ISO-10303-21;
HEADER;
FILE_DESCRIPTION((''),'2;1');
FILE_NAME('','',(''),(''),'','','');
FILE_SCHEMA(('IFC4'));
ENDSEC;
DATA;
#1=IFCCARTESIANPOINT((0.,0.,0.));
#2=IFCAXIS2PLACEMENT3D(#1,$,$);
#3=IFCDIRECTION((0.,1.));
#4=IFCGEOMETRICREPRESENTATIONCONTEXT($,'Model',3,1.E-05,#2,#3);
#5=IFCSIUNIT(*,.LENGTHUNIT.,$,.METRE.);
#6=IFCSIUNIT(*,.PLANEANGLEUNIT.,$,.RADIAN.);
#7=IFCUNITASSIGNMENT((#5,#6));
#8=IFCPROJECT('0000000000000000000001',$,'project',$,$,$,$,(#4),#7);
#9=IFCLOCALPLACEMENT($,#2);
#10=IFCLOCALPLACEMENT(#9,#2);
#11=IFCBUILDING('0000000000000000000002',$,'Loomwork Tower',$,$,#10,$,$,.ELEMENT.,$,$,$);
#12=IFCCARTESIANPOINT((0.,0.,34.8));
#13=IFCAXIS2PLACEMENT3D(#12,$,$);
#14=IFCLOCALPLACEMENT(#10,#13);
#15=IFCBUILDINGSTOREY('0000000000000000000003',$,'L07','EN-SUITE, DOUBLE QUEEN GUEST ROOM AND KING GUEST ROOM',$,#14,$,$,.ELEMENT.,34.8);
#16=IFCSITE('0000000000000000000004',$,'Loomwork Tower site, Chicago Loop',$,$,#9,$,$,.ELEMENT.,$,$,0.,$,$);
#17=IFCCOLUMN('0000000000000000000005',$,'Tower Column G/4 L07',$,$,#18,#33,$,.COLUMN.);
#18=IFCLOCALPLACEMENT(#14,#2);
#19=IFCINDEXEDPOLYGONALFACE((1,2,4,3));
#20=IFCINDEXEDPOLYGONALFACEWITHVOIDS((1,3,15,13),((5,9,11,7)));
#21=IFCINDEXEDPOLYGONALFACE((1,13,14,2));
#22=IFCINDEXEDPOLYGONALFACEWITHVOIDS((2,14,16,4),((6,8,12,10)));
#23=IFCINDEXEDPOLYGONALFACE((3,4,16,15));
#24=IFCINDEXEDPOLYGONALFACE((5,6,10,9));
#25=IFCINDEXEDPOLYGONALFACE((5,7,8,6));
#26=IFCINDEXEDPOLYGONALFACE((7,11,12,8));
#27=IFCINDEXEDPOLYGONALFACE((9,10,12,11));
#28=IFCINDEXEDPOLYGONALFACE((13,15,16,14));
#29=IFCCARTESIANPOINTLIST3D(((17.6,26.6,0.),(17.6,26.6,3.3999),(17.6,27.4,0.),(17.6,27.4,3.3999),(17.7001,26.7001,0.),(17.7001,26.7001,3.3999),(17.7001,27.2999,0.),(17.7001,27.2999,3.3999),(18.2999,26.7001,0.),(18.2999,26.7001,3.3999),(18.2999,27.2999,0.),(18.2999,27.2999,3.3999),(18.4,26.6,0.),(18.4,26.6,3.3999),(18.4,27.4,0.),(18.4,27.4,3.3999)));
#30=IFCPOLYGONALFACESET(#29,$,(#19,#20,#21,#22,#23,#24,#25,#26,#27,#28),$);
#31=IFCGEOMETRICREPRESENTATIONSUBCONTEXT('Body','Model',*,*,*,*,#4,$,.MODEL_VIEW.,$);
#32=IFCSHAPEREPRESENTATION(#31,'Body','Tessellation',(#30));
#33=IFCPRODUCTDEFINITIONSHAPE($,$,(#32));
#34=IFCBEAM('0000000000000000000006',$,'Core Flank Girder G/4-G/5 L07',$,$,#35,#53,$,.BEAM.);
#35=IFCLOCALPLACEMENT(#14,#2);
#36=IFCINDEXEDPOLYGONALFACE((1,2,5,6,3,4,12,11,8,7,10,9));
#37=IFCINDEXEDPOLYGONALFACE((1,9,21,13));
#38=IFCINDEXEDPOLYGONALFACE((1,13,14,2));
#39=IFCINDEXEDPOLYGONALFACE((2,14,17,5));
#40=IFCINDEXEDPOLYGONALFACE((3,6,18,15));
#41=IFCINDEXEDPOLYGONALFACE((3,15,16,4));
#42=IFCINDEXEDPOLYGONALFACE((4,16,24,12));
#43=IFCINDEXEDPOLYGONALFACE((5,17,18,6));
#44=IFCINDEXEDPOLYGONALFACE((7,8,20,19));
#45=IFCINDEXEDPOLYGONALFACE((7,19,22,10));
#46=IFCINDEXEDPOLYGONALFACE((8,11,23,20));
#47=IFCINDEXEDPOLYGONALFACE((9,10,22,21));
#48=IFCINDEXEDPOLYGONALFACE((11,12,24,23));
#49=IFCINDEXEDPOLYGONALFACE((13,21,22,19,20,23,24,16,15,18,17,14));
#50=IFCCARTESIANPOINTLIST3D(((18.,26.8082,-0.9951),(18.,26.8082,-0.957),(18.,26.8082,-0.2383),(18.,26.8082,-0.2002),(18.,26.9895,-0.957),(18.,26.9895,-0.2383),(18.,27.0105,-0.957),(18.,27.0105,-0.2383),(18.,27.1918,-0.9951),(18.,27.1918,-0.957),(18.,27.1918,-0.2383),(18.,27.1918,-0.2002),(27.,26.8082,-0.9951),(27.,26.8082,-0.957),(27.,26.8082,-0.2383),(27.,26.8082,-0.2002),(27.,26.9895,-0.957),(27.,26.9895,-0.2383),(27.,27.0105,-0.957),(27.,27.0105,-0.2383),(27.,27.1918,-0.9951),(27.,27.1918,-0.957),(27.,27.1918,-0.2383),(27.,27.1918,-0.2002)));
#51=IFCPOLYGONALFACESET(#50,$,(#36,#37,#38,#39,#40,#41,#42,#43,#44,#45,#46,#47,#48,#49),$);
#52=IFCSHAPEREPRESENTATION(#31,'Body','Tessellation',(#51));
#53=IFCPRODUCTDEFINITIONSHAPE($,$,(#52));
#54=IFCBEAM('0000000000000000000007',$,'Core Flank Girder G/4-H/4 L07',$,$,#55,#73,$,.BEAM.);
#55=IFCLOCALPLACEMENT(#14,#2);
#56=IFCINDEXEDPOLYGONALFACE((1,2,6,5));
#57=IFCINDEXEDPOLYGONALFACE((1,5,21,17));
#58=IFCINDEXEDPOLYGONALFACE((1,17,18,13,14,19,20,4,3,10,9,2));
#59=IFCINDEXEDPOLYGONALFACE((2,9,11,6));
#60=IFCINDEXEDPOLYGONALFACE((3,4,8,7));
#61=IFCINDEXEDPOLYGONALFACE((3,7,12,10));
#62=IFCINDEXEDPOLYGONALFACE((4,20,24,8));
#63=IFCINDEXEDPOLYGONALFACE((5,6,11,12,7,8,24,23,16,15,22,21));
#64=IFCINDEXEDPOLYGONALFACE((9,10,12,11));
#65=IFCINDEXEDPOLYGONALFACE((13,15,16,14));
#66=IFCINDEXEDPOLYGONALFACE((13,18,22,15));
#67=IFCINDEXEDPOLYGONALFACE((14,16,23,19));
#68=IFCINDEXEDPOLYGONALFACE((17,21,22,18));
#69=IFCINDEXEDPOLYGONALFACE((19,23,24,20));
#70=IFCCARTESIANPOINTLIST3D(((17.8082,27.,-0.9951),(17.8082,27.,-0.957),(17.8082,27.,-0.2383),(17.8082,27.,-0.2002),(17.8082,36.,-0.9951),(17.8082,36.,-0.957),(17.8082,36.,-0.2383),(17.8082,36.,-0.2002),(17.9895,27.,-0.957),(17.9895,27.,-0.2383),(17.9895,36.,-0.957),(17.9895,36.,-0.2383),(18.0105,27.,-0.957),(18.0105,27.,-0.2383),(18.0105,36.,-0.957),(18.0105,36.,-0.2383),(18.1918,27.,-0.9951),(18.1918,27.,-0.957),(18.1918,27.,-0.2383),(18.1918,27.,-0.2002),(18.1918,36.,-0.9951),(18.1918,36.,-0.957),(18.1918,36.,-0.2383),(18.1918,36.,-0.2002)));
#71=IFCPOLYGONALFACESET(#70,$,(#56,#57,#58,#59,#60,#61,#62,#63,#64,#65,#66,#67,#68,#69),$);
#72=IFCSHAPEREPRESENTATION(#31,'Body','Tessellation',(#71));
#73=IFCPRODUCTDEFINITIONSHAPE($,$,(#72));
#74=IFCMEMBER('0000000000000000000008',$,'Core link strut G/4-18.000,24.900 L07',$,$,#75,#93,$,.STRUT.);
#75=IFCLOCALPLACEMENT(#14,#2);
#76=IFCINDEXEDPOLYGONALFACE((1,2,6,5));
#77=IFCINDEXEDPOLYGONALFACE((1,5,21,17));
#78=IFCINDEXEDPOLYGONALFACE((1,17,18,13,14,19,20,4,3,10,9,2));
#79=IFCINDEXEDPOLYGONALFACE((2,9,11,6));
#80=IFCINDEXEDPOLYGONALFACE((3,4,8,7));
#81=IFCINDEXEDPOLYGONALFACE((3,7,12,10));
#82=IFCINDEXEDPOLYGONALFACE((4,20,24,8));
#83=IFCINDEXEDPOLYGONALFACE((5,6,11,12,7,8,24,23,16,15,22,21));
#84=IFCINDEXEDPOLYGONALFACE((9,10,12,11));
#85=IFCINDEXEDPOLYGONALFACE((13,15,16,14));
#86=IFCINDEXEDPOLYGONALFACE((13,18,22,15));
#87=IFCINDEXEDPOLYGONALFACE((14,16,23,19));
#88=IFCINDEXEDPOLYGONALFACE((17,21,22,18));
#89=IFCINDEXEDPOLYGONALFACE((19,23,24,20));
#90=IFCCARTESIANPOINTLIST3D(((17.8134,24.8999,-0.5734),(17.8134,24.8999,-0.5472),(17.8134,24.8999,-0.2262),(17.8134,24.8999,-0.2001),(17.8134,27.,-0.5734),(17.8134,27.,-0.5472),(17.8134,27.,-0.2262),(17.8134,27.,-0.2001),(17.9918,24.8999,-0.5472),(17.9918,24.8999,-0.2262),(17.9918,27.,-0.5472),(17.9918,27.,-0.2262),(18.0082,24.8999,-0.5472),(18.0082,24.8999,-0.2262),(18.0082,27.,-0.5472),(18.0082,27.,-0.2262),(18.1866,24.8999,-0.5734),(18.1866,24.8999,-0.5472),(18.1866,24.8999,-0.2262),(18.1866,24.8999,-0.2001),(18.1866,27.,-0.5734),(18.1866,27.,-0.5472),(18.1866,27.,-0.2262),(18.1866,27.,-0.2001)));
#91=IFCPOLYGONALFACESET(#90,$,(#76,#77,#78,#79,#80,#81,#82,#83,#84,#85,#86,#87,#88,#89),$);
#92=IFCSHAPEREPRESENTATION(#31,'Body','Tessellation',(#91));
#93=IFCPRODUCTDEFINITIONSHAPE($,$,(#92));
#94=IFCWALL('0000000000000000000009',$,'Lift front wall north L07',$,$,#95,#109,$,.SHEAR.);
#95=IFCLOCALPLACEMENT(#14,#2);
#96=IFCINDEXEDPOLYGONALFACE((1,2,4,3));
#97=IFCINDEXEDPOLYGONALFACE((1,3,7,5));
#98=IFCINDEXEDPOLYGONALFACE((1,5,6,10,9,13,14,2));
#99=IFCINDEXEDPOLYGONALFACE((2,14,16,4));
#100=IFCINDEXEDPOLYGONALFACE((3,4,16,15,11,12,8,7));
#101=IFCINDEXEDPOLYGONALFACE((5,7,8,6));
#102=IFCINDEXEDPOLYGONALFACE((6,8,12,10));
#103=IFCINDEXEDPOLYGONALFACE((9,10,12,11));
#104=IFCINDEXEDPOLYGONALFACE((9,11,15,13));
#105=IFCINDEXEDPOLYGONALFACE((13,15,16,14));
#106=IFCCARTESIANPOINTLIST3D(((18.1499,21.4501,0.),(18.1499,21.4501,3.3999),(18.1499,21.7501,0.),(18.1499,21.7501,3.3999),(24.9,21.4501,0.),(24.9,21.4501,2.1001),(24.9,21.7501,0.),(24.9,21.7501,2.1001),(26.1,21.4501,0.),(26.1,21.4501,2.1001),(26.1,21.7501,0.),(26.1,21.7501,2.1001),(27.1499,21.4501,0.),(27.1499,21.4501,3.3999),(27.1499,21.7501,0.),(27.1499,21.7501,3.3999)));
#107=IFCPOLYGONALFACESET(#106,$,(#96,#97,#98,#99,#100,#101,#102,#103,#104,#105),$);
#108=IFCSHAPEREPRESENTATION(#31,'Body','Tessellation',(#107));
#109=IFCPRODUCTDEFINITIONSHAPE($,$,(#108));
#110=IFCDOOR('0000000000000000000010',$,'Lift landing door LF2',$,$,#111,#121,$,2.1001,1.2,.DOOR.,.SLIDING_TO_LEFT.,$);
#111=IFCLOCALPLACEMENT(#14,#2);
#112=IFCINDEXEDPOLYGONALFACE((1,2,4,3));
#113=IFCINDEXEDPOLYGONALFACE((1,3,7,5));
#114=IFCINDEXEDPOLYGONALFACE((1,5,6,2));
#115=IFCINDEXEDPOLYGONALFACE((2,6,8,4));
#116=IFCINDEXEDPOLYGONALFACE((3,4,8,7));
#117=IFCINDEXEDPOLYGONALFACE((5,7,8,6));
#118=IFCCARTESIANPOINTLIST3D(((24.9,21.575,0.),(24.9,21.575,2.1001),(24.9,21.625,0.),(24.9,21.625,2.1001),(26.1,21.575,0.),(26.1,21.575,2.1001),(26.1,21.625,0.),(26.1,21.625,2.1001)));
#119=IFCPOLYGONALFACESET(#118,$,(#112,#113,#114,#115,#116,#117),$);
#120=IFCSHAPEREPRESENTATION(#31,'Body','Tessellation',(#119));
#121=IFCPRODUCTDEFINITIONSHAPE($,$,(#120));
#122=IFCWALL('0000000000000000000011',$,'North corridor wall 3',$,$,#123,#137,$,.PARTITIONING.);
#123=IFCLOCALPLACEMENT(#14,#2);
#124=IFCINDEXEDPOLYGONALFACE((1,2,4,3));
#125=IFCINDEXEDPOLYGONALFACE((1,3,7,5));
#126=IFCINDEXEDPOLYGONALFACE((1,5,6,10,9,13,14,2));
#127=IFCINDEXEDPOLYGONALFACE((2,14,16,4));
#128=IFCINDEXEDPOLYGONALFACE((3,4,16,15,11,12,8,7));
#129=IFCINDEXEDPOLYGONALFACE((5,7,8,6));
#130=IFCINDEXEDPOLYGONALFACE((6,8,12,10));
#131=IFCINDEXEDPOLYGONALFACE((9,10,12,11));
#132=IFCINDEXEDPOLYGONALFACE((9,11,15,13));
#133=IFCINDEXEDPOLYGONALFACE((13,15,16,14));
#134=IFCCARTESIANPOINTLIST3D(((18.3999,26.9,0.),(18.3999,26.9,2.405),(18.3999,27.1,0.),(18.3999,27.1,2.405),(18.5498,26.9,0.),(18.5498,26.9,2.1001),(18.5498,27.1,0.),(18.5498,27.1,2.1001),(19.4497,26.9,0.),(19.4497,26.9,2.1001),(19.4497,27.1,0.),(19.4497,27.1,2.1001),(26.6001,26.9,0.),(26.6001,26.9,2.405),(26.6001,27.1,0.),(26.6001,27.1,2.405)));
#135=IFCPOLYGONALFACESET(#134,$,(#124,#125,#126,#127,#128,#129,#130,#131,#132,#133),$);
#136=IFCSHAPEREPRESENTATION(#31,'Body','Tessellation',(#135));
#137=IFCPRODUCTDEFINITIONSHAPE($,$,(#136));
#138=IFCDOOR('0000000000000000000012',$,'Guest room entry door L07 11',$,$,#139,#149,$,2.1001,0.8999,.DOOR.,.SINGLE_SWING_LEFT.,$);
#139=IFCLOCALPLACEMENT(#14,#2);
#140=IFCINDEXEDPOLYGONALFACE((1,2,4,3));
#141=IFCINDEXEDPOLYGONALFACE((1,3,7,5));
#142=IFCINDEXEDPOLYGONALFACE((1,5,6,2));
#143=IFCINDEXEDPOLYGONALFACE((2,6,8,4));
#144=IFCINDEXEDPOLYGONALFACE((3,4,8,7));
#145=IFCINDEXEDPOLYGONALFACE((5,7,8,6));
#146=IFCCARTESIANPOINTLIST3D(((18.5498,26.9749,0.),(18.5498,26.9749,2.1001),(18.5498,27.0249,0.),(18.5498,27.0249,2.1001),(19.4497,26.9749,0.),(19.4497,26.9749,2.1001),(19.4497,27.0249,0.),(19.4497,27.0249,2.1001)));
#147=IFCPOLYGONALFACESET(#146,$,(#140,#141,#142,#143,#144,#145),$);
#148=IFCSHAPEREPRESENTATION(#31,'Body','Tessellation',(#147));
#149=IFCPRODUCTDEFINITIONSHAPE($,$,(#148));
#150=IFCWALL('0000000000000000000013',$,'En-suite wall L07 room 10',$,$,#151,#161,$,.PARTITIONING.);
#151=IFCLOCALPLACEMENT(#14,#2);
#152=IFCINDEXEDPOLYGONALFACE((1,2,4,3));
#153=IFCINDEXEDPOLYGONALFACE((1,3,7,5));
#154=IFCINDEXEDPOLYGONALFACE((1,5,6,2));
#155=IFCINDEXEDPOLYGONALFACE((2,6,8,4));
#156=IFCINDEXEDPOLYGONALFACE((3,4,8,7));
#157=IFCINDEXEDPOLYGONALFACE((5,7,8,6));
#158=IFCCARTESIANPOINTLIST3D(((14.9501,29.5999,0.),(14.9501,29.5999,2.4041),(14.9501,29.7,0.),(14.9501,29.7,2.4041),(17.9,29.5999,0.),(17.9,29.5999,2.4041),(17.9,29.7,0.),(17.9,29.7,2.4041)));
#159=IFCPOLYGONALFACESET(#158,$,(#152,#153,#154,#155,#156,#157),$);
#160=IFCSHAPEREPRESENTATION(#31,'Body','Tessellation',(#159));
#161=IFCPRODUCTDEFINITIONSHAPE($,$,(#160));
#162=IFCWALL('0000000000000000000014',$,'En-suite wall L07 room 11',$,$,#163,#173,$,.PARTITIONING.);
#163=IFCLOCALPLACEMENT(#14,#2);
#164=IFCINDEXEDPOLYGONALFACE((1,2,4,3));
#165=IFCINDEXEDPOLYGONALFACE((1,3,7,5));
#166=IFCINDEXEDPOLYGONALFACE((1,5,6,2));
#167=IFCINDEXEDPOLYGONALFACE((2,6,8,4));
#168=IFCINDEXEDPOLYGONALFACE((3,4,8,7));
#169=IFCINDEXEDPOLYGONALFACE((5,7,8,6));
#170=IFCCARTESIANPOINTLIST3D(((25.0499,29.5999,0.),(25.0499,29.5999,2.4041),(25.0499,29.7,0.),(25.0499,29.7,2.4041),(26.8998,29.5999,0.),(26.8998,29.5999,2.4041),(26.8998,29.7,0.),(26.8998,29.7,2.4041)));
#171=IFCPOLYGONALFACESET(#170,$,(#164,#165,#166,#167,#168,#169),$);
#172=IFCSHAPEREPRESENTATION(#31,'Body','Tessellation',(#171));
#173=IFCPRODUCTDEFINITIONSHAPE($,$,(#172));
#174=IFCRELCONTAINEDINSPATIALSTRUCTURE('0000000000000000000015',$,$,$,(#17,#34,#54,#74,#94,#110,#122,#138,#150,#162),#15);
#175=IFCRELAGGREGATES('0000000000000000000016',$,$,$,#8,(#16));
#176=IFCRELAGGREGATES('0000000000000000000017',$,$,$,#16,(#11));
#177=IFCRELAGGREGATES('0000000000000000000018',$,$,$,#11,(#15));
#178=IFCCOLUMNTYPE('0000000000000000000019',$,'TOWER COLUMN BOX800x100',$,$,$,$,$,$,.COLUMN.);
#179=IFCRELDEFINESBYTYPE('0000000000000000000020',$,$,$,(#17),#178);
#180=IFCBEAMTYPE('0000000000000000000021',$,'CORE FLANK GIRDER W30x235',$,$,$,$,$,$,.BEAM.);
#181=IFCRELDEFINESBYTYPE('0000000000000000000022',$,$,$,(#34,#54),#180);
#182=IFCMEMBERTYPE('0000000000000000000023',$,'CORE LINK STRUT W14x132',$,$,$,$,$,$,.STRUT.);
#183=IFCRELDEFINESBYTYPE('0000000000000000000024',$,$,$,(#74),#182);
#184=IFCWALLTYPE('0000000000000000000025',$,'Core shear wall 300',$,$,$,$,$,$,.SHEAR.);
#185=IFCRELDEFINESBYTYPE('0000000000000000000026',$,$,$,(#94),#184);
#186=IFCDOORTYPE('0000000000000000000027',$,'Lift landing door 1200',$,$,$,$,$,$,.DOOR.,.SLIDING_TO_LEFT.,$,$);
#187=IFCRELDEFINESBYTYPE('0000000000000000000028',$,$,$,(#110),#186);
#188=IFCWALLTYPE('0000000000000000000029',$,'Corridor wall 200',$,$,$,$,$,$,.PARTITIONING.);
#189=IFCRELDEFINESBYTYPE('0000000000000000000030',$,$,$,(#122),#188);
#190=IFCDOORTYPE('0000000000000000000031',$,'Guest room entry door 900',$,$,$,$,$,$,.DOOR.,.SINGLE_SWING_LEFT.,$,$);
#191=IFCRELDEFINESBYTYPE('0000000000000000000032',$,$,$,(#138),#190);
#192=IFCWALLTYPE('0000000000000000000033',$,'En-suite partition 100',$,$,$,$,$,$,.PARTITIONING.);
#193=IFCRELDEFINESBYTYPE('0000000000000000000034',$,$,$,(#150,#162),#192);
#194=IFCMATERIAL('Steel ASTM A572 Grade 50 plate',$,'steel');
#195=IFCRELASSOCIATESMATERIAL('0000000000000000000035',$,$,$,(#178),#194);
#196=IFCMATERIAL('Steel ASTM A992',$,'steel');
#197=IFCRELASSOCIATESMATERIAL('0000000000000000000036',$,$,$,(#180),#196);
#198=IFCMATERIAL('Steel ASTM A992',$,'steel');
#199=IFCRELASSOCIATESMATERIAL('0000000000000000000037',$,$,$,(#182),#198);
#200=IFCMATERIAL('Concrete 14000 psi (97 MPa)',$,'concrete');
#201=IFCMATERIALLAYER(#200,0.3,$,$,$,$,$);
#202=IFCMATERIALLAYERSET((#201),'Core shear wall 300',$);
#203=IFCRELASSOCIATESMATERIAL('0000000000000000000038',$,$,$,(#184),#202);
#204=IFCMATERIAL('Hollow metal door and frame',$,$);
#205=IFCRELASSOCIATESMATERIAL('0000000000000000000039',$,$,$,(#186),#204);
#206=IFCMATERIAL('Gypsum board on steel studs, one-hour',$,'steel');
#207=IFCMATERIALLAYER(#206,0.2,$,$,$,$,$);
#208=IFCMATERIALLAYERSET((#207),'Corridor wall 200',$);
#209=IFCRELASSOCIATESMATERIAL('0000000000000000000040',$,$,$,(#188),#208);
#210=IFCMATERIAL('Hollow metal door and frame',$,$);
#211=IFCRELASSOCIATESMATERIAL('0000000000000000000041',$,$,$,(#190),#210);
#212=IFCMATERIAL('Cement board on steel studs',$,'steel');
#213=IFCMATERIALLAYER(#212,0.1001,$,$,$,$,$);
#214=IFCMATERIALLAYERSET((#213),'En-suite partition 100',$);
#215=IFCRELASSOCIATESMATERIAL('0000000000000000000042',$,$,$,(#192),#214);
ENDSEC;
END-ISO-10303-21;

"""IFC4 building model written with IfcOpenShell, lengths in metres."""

from ifc_helpers import new_model, si_unit, direction, frame, frame_2d, origin, origin_2d, place, context, subcontext, project, spatial, rectangle, hollow_rectangle, i_section, extrude, material, layer, layer_set, material_profile, profile_set, type_object, element, fill, save


model = new_model("IFC4")

# Units and contexts
model_context = context("Model", 3, precision=1e-05, world=origin(), true_north=direction((0.0, 1.0)))
body_context = subcontext(model_context, "Body", "Model", "MODEL_VIEW")
ifc_project = project(units=[si_unit("LENGTHUNIT", "METRE"), si_unit("PLANEANGLEUNIT", "RADIAN")], contexts=[model_context])

# Site, building, storey
site_placement = place(None, origin())
site = spatial("IfcSite", under=ifc_project, at=site_placement, Name="Loomwork Tower site, Chicago Loop", CompositionType="ELEMENT", RefElevation=0.0)
building_placement = place(site_placement, origin())
building = spatial("IfcBuilding", under=site, at=building_placement, Name="Loomwork Tower", CompositionType="ELEMENT")
storey_placement = place(building_placement, frame((0.0, 0.0, 34.8)))
storey = spatial("IfcBuildingStorey", under=building, at=storey_placement, Name="L07", Description="EN-SUITE, DOUBLE QUEEN GUEST ROOM AND KING GUEST ROOM", CompositionType="ELEMENT", Elevation=34.8)

# Column
ifc_material_1 = material(Name="Steel ASTM A572 Grade 50 plate", Category="steel")
ifc_material_profile_1 = material_profile(ifc_material_1, hollow_rectangle(XDim=0.8, YDim=0.8, WallThickness=0.1001, at=origin_2d()), Name="BOX800x100")
ifc_profile_set_1 = profile_set([ifc_material_profile_1], Name="Steel ASTM A572 Grade 50 plate")
column_type = type_object("IfcColumnType", Name="TOWER COLUMN BOX800x100", PredefinedType="COLUMN", material=ifc_profile_set_1)
column_placement = place(storey_placement, frame((18.0, 27.0, 0.0), z_axis=(0.0, 0.0, 1.0), x_axis=(1.0, 0.0, 0.0)))
element("IfcColumn", 1, at=column_placement, inside=storey, type_object=column_type, Name="Tower Column G/4 L07", PredefinedType="COLUMN", context=body_context, shape_type="SweptSolid", body=[
    extrude(hollow_rectangle(XDim=0.8, YDim=0.8, WallThickness=0.1001, at=origin_2d()), origin(), (0.0, 0.0, 1.0), 3.3999),
])

# Beams
ifc_material_2 = material(Name="Steel ASTM A992", Category="steel")
ifc_material_profile_2 = material_profile(ifc_material_2, i_section(OverallWidth=0.3835, OverallDepth=0.7949, WebThickness=0.021, FlangeThickness=0.0381, at=origin_2d()), Name="W30x235")
ifc_profile_set_2 = profile_set([ifc_material_profile_2], Name="Steel ASTM A992")
beam_type = type_object("IfcBeamType", Name="CORE FLANK GIRDER W30x235", PredefinedType="BEAM", material=ifc_profile_set_2)
for number, where, z_axis, x_axis, name in (
    (2, (18.0, 27.0, -0.5977), (1.0, 0.0, 0.0), (0.0, 1.0, 0.0), "Core Flank Girder G/4-G/5 L07"),
    (3, (18.0, 27.0, -0.5977), (0.0, 1.0, 0.0), (-1.0, 0.0, 0.0), "Core Flank Girder G/4-H/4 L07"),
):
    element("IfcBeam", number, at=place(storey_placement, frame(where, z_axis=z_axis, x_axis=x_axis)), inside=storey, type_object=beam_type, Name=name, PredefinedType="BEAM", context=body_context, shape_type="SweptSolid", body=[
        extrude(i_section(OverallWidth=0.3835, OverallDepth=0.7949, WebThickness=0.021, FlangeThickness=0.0381, at=origin_2d()), origin(), (0.0, 0.0, 1.0), 9.0),
    ])

# Member
ifc_material_3 = material(Name="Steel ASTM A992", Category="steel")
ifc_material_profile_3 = material_profile(ifc_material_3, i_section(OverallWidth=0.3733, OverallDepth=0.3733, WebThickness=0.0164, FlangeThickness=0.0261, at=origin_2d()), Name="W14x132")
ifc_profile_set_3 = profile_set([ifc_material_profile_3], Name="Steel ASTM A992")
member_type = type_object("IfcMemberType", Name="CORE LINK STRUT W14x132", PredefinedType="STRUT", material=ifc_profile_set_3)
member_placement = place(storey_placement, frame((18.0, 27.0, -0.3867), z_axis=(0.0, -1.0, 0.0), x_axis=(1.0, 0.0, 0.0)))
element("IfcMember", 4, at=member_placement, inside=storey, type_object=member_type, Name="Core link strut G/4-18.000,24.900 L07", PredefinedType="STRUT", context=body_context, shape_type="SweptSolid", body=[
    extrude(i_section(OverallWidth=0.3733, OverallDepth=0.3733, WebThickness=0.0164, FlangeThickness=0.0261, at=origin_2d()), origin(), (0.0, 0.0, 1.0), 2.1001),
])

# Walls, openings, doors
ifc_material_4 = material(Name="Concrete 14000 psi (97 MPa)", Category="concrete")
ifc_layer_1 = layer(ifc_material_4, 0.3)
ifc_layer_set_1 = layer_set([ifc_layer_1], Name="Core shear wall 300")
wall_type_1 = type_object("IfcWallType", Name="Core shear wall 300", PredefinedType="SHEAR", material=ifc_layer_set_1)
wall_1_placement = place(storey_placement, frame((18.1499, 21.6001, 0.0), z_axis=(0.0, 0.0, 1.0), x_axis=(1.0, 0.0, 0.0)))
wall_1 = element("IfcWall", 5, at=wall_1_placement, inside=storey, type_object=wall_type_1, Name="Lift front wall north L07", PredefinedType="SHEAR", context=body_context, shape_type="SweptSolid", body=[
    extrude(rectangle(XDim=9.0, YDim=0.3, at=frame_2d((4.5, 0.0))), origin(), (0.0, 0.0, 1.0), 3.3999),
])
opening_1_placement = place(wall_1_placement, frame((6.75, 0.0, 0.0)))
opening_1 = element("IfcOpeningElement", 6, at=opening_1_placement, cuts=wall_1, PredefinedType="OPENING", context=body_context, shape_type="SweptSolid", body=[
    extrude(rectangle(XDim=1.2, YDim=2.1001, at=frame_2d((0.6001, 1.05))), frame((0.0, 0.1599, 0.0), z_axis=(0.0, -1.0, 0.0), x_axis=(1.0, 0.0, 0.0)), (0.0, 0.0, 1.0), 0.3201),
])
ifc_material_5 = material(Name="Hollow metal door and frame")
door_type_1 = type_object("IfcDoorType", Name="Lift landing door 1200", OperationType="SLIDING_TO_LEFT", PredefinedType="DOOR", material=ifc_material_5)
door_1_placement = place(opening_1_placement, origin())
door_1 = element("IfcDoor", 7, at=door_1_placement, inside=storey, type_object=door_type_1, Name="Lift landing door LF2", OperationType="SLIDING_TO_LEFT", OverallHeight=2.1001, OverallWidth=1.2, PredefinedType="DOOR", context=body_context, shape_type="SweptSolid", body=[
    extrude(rectangle(XDim=1.2, YDim=2.1001, at=frame_2d((0.6001, 1.05))), frame((0.0, 0.0249, 0.0), z_axis=(0.0, -1.0, 0.0), x_axis=(1.0, 0.0, 0.0)), (0.0, 0.0, 1.0), 0.05),
])
fill(opening_1, door_1)
ifc_material_6 = material(Name="Gypsum board on steel studs, one-hour", Category="steel")
ifc_layer_2 = layer(ifc_material_6, 0.2)
ifc_layer_set_2 = layer_set([ifc_layer_2], Name="Corridor wall 200")
wall_type_2 = type_object("IfcWallType", Name="Corridor wall 200", PredefinedType="PARTITIONING", material=ifc_layer_set_2)
wall_2_placement = place(storey_placement, frame((18.3999, 27.0, 0.0), z_axis=(0.0, 0.0, 1.0), x_axis=(1.0, 0.0, 0.0)))
wall_2 = element("IfcWall", 8, at=wall_2_placement, inside=storey, type_object=wall_type_2, Name="North corridor wall 3", PredefinedType="PARTITIONING", context=body_context, shape_type="SweptSolid", body=[
    extrude(rectangle(XDim=8.2002, YDim=0.2, at=frame_2d((4.1001, 0.0))), origin(), (0.0, 0.0, 1.0), 2.405),
])
opening_2_placement = place(wall_2_placement, frame((0.1499, 0.0, 0.0)))
opening_2 = element("IfcOpeningElement", 9, at=opening_2_placement, cuts=wall_2, PredefinedType="OPENING", context=body_context, shape_type="SweptSolid", body=[
    extrude(rectangle(XDim=0.8999, YDim=2.1001, at=frame_2d((0.45, 1.05))), frame((0.0, 0.1099, 0.0), z_axis=(0.0, -1.0, 0.0), x_axis=(1.0, 0.0, 0.0)), (0.0, 0.0, 1.0), 0.22),
])
ifc_material_7 = material(Name="Hollow metal door and frame")
door_type_2 = type_object("IfcDoorType", Name="Guest room entry door 900", OperationType="SINGLE_SWING_LEFT", PredefinedType="DOOR", material=ifc_material_7)
door_2_placement = place(opening_2_placement, origin())
door_2 = element("IfcDoor", 10, at=door_2_placement, inside=storey, type_object=door_type_2, Name="Guest room entry door L07 11", OperationType="SINGLE_SWING_LEFT", OverallHeight=2.1001, OverallWidth=0.8999, PredefinedType="DOOR", context=body_context, shape_type="SweptSolid", body=[
    extrude(rectangle(XDim=0.8999, YDim=2.1001, at=frame_2d((0.45, 1.05))), frame((0.0, 0.0249, 0.0), z_axis=(0.0, -1.0, 0.0), x_axis=(1.0, 0.0, 0.0)), (0.0, 0.0, 1.0), 0.05),
])
fill(opening_2, door_2)

# Walls
ifc_material_8 = material(Name="Cement board on steel studs", Category="steel")
ifc_layer_3 = layer(ifc_material_8, 0.1001)
ifc_layer_set_3 = layer_set([ifc_layer_3], Name="En-suite partition 100")
wall_type_3 = type_object("IfcWallType", Name="En-suite partition 100", PredefinedType="PARTITIONING", material=ifc_layer_set_3)
wall_3_placement = place(storey_placement, frame((14.95, 29.6499, 0.0), z_axis=(0.0, 0.0, 1.0), x_axis=(1.0, 0.0, 0.0)))
element("IfcWall", 11, at=wall_3_placement, inside=storey, type_object=wall_type_3, Name="En-suite wall L07 room 10", PredefinedType="PARTITIONING", context=body_context, shape_type="SweptSolid", body=[
    extrude(rectangle(XDim=2.95, YDim=0.1001, at=frame_2d((1.4751, 0.0))), origin(), (0.0, 0.0, 1.0), 2.4041),
])
wall_4_placement = place(storey_placement, frame((25.05, 29.6499, 0.0), z_axis=(0.0, 0.0, 1.0), x_axis=(1.0, 0.0, 0.0)))
element("IfcWall", 12, at=wall_4_placement, inside=storey, type_object=wall_type_3, Name="En-suite wall L07 room 11", PredefinedType="PARTITIONING", context=body_context, shape_type="SweptSolid", body=[
    extrude(rectangle(XDim=1.8499, YDim=0.1001, at=frame_2d((0.9248, 0.0))), origin(), (0.0, 0.0, 1.0), 2.4041),
])

save(model, "model.ifc")
